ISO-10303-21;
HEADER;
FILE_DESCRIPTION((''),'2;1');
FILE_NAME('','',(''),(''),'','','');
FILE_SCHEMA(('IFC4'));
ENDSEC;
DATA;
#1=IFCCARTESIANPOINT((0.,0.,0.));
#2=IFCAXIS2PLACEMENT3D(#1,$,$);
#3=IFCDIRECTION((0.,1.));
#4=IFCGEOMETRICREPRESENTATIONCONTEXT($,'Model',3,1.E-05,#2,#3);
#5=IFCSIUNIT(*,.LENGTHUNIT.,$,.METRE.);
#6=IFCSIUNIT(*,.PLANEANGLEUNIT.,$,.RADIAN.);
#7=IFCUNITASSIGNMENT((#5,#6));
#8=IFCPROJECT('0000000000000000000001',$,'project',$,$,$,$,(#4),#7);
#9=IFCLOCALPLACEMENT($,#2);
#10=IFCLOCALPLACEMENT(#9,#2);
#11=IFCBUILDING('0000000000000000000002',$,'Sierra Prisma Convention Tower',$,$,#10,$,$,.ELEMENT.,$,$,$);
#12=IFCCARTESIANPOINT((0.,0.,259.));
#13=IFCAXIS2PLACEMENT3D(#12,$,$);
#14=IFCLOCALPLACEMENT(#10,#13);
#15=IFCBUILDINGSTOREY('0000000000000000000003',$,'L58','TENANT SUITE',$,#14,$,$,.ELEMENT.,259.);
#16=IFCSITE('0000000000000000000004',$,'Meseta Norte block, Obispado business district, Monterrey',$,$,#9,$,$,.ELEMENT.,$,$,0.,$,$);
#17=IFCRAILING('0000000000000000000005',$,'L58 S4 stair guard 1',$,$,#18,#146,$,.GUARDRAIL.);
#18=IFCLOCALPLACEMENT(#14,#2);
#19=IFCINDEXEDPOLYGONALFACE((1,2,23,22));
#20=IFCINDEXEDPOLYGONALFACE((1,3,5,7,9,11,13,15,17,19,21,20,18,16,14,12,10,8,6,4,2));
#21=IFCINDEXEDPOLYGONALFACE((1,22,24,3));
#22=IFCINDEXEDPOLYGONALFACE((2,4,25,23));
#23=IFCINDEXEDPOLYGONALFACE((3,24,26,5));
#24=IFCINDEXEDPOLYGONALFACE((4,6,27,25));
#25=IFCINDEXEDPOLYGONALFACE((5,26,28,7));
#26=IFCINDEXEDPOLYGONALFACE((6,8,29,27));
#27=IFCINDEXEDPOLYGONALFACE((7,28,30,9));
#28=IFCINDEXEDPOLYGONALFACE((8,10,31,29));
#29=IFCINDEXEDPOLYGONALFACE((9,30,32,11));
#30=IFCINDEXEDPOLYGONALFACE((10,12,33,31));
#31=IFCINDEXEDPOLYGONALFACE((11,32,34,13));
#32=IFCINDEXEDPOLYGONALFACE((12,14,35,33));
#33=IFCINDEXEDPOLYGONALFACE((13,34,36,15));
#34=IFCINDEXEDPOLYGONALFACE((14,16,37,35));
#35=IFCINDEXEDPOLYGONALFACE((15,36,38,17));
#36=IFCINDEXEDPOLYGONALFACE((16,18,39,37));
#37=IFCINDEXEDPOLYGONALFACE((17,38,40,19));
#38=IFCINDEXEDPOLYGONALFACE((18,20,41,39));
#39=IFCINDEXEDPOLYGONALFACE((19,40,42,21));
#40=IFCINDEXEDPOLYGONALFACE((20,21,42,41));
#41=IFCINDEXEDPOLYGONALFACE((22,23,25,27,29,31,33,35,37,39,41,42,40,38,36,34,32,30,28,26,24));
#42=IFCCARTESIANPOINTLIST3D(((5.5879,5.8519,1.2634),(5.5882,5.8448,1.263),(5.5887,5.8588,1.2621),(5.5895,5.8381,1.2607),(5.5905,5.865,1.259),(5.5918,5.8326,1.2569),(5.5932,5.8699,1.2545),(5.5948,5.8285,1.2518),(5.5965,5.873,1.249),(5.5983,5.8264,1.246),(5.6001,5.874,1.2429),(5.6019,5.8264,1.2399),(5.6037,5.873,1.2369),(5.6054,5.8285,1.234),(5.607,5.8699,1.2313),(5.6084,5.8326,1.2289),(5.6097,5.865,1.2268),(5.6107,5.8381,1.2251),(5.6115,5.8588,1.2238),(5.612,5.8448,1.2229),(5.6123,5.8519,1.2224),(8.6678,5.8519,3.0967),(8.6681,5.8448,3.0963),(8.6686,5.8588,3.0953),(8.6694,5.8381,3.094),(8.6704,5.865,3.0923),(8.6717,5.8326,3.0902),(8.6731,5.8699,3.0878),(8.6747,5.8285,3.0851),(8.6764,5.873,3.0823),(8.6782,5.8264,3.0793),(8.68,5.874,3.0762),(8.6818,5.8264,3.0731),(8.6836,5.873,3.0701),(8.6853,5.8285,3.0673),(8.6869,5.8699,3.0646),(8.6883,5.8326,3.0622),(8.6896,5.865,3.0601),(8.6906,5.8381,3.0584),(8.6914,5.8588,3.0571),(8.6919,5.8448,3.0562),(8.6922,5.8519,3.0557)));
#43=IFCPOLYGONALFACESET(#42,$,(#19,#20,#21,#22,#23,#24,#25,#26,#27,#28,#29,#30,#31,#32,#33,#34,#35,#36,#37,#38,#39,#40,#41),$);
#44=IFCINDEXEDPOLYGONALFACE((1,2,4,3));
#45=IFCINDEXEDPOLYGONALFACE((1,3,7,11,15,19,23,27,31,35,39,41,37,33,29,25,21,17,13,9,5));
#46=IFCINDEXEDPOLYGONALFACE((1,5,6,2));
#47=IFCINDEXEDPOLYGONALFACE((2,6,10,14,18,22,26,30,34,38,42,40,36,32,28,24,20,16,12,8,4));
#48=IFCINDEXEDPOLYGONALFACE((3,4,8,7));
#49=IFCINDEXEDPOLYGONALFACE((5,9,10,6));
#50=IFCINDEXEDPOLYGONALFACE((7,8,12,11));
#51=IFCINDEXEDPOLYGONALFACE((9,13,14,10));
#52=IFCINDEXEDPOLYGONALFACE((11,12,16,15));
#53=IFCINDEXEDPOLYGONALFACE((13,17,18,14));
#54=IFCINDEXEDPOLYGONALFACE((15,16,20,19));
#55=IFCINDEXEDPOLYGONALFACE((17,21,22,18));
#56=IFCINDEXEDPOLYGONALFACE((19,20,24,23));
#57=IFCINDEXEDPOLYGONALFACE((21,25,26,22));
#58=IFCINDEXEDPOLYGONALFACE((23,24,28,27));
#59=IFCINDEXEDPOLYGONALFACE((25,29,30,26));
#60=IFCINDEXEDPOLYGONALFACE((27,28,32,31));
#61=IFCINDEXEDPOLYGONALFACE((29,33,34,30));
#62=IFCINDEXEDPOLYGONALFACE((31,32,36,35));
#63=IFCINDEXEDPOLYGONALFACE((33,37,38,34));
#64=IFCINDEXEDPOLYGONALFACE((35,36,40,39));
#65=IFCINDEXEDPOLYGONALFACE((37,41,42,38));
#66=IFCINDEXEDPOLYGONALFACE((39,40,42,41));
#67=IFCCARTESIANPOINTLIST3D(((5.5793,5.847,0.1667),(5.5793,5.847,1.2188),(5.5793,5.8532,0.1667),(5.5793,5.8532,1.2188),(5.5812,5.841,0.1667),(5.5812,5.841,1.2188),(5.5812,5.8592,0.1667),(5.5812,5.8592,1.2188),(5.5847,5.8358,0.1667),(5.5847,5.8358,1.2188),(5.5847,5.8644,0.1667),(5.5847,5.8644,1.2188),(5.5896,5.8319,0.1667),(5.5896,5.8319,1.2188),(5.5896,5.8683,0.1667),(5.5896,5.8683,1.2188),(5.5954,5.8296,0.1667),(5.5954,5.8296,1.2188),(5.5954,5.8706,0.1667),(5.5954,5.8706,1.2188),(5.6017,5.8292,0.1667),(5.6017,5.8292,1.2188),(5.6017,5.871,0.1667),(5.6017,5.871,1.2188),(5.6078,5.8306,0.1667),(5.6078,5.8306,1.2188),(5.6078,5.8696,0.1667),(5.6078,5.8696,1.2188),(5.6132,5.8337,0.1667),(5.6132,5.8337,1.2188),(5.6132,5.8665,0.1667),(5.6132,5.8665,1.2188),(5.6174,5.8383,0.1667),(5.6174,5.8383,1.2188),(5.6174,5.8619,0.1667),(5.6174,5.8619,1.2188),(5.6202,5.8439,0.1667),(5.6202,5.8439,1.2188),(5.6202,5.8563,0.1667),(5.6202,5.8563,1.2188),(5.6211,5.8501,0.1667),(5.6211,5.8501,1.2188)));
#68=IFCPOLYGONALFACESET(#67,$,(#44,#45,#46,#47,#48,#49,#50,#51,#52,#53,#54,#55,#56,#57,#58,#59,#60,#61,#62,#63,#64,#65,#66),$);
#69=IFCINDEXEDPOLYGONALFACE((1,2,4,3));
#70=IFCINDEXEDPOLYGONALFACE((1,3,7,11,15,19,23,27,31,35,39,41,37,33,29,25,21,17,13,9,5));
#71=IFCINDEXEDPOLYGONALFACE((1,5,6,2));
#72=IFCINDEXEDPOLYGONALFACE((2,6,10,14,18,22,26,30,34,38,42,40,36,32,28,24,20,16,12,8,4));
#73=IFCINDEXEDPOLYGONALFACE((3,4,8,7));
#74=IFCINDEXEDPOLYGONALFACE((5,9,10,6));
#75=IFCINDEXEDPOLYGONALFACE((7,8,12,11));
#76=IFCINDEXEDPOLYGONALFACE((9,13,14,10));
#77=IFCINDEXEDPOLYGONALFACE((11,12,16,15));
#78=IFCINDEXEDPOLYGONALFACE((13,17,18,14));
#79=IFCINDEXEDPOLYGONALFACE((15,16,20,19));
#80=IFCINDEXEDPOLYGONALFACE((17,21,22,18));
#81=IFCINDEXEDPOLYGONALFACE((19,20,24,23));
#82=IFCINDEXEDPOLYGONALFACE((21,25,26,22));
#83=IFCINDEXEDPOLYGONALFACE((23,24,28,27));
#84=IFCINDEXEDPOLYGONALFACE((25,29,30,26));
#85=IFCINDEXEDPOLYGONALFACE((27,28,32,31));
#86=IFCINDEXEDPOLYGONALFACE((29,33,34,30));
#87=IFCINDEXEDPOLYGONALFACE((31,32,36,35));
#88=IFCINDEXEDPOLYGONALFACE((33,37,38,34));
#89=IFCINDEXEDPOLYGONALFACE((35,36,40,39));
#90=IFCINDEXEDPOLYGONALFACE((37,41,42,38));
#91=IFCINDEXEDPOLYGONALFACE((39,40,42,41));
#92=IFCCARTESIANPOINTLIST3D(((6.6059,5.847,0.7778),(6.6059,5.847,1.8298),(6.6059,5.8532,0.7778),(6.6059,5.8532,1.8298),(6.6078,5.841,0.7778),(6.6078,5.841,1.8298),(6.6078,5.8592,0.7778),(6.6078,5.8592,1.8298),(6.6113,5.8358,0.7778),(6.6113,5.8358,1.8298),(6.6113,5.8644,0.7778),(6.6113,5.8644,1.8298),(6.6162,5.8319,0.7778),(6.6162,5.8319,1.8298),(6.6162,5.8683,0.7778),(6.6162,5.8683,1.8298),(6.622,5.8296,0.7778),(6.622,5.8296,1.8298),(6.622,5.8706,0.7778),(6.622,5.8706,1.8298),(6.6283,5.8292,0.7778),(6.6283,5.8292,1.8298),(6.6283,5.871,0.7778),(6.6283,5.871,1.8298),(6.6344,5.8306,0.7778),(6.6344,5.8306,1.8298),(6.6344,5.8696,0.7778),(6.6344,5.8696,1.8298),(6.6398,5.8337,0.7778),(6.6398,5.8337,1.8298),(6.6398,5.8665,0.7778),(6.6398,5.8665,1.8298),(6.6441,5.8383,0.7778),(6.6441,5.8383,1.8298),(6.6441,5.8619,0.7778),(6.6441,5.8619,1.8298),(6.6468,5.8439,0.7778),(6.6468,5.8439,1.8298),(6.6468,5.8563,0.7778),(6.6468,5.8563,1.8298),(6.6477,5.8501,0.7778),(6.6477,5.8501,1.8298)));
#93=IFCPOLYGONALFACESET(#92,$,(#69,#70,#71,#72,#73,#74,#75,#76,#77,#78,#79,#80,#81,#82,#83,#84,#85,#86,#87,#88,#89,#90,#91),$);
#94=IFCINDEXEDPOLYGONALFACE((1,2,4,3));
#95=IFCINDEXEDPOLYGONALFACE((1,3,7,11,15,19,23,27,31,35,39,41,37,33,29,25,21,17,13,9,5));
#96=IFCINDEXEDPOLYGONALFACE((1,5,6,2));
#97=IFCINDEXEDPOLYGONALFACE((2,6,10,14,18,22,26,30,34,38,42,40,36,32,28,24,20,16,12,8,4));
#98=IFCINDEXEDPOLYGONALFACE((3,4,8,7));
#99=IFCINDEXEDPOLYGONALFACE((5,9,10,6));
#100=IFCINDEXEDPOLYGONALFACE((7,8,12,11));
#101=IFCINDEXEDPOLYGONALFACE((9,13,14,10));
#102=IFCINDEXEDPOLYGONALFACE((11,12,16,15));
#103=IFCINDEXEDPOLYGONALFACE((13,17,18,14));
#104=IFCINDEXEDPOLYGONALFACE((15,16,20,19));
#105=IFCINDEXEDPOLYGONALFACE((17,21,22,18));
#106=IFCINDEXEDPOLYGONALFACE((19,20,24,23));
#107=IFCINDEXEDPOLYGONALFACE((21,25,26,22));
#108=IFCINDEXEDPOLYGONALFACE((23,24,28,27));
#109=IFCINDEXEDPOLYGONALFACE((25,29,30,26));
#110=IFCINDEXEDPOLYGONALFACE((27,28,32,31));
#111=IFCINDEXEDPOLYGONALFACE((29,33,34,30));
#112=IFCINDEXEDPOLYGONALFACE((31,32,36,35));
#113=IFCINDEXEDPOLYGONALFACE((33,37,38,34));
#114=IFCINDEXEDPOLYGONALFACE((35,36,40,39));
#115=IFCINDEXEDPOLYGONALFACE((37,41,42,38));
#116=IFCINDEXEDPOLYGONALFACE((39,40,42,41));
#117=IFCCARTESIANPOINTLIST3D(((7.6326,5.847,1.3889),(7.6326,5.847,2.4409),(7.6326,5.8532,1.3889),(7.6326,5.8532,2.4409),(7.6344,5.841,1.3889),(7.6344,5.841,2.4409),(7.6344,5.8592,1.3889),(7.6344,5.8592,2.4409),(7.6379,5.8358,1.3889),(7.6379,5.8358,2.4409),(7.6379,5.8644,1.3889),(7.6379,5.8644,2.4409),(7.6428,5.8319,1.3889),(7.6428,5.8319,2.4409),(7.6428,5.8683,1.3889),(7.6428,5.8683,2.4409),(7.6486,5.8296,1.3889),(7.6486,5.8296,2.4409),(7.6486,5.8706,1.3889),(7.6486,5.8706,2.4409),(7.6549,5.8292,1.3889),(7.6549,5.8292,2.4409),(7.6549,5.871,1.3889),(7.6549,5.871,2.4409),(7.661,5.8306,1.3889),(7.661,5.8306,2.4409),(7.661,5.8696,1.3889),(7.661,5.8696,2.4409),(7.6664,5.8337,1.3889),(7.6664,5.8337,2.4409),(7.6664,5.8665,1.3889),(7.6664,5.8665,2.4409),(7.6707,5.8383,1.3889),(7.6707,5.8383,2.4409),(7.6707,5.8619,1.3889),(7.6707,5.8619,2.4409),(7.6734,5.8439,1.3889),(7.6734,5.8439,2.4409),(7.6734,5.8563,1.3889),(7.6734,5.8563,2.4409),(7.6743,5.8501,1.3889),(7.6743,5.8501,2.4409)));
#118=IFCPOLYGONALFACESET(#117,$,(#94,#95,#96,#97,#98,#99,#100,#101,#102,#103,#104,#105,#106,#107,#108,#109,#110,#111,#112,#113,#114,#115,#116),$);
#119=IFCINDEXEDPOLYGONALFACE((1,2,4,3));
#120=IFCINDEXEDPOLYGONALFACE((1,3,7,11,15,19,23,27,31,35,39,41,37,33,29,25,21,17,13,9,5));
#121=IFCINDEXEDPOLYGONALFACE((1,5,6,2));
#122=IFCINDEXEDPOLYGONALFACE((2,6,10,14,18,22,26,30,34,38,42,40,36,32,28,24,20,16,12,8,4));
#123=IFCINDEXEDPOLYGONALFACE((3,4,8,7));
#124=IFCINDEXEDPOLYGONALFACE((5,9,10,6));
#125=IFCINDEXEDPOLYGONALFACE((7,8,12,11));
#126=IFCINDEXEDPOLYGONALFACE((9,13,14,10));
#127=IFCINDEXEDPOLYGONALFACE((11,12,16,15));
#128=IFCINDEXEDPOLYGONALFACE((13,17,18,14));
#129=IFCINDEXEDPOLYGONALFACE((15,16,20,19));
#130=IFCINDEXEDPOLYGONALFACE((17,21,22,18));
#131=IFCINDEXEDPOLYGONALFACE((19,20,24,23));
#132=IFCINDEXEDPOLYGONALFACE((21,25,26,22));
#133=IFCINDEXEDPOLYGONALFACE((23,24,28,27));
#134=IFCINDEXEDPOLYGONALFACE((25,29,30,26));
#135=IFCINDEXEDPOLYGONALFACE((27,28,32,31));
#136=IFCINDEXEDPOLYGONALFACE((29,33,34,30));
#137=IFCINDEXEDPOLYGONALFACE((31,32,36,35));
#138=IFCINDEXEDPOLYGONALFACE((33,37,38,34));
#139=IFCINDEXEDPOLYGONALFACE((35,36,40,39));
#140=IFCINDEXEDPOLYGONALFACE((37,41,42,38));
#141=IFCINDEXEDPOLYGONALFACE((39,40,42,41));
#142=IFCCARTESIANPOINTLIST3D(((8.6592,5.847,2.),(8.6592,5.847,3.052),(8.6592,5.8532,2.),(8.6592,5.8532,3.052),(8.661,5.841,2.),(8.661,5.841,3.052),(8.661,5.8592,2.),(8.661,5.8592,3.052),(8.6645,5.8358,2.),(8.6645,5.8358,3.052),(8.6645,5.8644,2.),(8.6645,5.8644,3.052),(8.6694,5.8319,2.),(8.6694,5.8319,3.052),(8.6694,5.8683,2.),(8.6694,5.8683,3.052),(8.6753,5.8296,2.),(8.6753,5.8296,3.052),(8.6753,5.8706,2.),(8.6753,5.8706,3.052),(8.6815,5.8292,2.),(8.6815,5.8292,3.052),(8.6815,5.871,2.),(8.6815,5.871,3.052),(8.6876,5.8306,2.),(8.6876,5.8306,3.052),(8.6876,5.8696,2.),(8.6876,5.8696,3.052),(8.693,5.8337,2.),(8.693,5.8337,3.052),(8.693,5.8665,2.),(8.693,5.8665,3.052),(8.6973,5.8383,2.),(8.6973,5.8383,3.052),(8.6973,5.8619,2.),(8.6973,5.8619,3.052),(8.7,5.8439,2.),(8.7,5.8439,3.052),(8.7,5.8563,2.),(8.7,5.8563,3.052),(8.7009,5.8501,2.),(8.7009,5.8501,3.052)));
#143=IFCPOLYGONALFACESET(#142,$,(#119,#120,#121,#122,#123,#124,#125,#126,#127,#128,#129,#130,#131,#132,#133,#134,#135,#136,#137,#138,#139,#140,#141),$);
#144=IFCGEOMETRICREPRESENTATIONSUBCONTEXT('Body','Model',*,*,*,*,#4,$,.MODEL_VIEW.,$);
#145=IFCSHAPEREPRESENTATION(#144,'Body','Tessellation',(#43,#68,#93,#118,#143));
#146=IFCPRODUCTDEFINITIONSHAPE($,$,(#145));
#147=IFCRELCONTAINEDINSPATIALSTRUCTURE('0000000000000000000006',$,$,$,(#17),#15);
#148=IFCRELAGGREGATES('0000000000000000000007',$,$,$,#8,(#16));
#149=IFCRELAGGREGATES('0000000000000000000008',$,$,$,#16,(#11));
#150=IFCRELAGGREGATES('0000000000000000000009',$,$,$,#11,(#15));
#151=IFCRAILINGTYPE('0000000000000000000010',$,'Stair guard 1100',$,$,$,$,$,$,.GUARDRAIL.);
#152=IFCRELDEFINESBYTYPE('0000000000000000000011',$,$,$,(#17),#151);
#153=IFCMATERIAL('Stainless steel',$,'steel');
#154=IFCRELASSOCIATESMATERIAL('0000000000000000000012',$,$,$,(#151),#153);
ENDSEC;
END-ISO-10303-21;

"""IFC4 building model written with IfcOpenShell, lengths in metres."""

from ifc_helpers import new_model, si_unit, direction, frame, origin, origin_2d, place, context, subcontext, project, spatial, circle, extrude, material, type_object, element, save


model = new_model("IFC4")

# Units and contexts
model_context = context("Model", 3, precision=1e-05, world=origin(), true_north=direction((0.0, 1.0)))
body_context = subcontext(model_context, "Body", "Model", "MODEL_VIEW")
ifc_project = project(units=[si_unit("LENGTHUNIT", "METRE"), si_unit("PLANEANGLEUNIT", "RADIAN")], contexts=[model_context])

# Site, building, storey
site_placement = place(None, origin())
site = spatial("IfcSite", under=ifc_project, at=site_placement, Name="Meseta Norte block, Obispado business district, Monterrey", CompositionType="ELEMENT", RefElevation=0.0)
building_placement = place(site_placement, origin())
building = spatial("IfcBuilding", under=site, at=building_placement, Name="Sierra Prisma Convention Tower", CompositionType="ELEMENT")
storey_placement = place(building_placement, frame((0.0, 0.0, 259.0)))
storey = spatial("IfcBuildingStorey", under=building, at=storey_placement, Name="L58", Description="TENANT SUITE", CompositionType="ELEMENT", Elevation=259.0)

# Railing
ifc_material_1 = material(Name="Stainless steel", Category="steel")
railing_type_1 = type_object("IfcRailingType", Name="Stair guard 1100", PredefinedType="GUARDRAIL", material=ifc_material_1)
railing_1_placement = place(storey_placement, frame((5.6001, 5.8501, 0.1667)))
element("IfcRailing", 1, at=railing_1_placement, inside=storey, type_object=railing_type_1, Name="L58 S4 stair guard 1", PredefinedType="GUARDRAIL", context=body_context, shape_type="SweptSolid", body=[
    extrude(circle(Radius=0.0239, at=origin_2d()), frame((0.0, 0.0, 1.0762), z_axis=(0.859291, 0.0, 0.511487), x_axis=(0.0, 1.0, 0.0)), (0.0, 0.0, 1.0), 3.5842),
    extrude(circle(Radius=0.021, at=origin_2d()), origin(), (0.0, 0.0, 1.0), 1.052),
    extrude(circle(Radius=0.021, at=origin_2d()), frame((1.0266, 0.0, 0.6111)), (0.0, 0.0, 1.0), 1.052),
    extrude(circle(Radius=0.021, at=origin_2d()), frame((2.0532, 0.0, 1.2222)), (0.0, 0.0, 1.0), 1.052),
    extrude(circle(Radius=0.021, at=origin_2d()), frame((3.0798, 0.0, 1.8333)), (0.0, 0.0, 1.0), 1.052),
])

save(model, "model.ifc")
